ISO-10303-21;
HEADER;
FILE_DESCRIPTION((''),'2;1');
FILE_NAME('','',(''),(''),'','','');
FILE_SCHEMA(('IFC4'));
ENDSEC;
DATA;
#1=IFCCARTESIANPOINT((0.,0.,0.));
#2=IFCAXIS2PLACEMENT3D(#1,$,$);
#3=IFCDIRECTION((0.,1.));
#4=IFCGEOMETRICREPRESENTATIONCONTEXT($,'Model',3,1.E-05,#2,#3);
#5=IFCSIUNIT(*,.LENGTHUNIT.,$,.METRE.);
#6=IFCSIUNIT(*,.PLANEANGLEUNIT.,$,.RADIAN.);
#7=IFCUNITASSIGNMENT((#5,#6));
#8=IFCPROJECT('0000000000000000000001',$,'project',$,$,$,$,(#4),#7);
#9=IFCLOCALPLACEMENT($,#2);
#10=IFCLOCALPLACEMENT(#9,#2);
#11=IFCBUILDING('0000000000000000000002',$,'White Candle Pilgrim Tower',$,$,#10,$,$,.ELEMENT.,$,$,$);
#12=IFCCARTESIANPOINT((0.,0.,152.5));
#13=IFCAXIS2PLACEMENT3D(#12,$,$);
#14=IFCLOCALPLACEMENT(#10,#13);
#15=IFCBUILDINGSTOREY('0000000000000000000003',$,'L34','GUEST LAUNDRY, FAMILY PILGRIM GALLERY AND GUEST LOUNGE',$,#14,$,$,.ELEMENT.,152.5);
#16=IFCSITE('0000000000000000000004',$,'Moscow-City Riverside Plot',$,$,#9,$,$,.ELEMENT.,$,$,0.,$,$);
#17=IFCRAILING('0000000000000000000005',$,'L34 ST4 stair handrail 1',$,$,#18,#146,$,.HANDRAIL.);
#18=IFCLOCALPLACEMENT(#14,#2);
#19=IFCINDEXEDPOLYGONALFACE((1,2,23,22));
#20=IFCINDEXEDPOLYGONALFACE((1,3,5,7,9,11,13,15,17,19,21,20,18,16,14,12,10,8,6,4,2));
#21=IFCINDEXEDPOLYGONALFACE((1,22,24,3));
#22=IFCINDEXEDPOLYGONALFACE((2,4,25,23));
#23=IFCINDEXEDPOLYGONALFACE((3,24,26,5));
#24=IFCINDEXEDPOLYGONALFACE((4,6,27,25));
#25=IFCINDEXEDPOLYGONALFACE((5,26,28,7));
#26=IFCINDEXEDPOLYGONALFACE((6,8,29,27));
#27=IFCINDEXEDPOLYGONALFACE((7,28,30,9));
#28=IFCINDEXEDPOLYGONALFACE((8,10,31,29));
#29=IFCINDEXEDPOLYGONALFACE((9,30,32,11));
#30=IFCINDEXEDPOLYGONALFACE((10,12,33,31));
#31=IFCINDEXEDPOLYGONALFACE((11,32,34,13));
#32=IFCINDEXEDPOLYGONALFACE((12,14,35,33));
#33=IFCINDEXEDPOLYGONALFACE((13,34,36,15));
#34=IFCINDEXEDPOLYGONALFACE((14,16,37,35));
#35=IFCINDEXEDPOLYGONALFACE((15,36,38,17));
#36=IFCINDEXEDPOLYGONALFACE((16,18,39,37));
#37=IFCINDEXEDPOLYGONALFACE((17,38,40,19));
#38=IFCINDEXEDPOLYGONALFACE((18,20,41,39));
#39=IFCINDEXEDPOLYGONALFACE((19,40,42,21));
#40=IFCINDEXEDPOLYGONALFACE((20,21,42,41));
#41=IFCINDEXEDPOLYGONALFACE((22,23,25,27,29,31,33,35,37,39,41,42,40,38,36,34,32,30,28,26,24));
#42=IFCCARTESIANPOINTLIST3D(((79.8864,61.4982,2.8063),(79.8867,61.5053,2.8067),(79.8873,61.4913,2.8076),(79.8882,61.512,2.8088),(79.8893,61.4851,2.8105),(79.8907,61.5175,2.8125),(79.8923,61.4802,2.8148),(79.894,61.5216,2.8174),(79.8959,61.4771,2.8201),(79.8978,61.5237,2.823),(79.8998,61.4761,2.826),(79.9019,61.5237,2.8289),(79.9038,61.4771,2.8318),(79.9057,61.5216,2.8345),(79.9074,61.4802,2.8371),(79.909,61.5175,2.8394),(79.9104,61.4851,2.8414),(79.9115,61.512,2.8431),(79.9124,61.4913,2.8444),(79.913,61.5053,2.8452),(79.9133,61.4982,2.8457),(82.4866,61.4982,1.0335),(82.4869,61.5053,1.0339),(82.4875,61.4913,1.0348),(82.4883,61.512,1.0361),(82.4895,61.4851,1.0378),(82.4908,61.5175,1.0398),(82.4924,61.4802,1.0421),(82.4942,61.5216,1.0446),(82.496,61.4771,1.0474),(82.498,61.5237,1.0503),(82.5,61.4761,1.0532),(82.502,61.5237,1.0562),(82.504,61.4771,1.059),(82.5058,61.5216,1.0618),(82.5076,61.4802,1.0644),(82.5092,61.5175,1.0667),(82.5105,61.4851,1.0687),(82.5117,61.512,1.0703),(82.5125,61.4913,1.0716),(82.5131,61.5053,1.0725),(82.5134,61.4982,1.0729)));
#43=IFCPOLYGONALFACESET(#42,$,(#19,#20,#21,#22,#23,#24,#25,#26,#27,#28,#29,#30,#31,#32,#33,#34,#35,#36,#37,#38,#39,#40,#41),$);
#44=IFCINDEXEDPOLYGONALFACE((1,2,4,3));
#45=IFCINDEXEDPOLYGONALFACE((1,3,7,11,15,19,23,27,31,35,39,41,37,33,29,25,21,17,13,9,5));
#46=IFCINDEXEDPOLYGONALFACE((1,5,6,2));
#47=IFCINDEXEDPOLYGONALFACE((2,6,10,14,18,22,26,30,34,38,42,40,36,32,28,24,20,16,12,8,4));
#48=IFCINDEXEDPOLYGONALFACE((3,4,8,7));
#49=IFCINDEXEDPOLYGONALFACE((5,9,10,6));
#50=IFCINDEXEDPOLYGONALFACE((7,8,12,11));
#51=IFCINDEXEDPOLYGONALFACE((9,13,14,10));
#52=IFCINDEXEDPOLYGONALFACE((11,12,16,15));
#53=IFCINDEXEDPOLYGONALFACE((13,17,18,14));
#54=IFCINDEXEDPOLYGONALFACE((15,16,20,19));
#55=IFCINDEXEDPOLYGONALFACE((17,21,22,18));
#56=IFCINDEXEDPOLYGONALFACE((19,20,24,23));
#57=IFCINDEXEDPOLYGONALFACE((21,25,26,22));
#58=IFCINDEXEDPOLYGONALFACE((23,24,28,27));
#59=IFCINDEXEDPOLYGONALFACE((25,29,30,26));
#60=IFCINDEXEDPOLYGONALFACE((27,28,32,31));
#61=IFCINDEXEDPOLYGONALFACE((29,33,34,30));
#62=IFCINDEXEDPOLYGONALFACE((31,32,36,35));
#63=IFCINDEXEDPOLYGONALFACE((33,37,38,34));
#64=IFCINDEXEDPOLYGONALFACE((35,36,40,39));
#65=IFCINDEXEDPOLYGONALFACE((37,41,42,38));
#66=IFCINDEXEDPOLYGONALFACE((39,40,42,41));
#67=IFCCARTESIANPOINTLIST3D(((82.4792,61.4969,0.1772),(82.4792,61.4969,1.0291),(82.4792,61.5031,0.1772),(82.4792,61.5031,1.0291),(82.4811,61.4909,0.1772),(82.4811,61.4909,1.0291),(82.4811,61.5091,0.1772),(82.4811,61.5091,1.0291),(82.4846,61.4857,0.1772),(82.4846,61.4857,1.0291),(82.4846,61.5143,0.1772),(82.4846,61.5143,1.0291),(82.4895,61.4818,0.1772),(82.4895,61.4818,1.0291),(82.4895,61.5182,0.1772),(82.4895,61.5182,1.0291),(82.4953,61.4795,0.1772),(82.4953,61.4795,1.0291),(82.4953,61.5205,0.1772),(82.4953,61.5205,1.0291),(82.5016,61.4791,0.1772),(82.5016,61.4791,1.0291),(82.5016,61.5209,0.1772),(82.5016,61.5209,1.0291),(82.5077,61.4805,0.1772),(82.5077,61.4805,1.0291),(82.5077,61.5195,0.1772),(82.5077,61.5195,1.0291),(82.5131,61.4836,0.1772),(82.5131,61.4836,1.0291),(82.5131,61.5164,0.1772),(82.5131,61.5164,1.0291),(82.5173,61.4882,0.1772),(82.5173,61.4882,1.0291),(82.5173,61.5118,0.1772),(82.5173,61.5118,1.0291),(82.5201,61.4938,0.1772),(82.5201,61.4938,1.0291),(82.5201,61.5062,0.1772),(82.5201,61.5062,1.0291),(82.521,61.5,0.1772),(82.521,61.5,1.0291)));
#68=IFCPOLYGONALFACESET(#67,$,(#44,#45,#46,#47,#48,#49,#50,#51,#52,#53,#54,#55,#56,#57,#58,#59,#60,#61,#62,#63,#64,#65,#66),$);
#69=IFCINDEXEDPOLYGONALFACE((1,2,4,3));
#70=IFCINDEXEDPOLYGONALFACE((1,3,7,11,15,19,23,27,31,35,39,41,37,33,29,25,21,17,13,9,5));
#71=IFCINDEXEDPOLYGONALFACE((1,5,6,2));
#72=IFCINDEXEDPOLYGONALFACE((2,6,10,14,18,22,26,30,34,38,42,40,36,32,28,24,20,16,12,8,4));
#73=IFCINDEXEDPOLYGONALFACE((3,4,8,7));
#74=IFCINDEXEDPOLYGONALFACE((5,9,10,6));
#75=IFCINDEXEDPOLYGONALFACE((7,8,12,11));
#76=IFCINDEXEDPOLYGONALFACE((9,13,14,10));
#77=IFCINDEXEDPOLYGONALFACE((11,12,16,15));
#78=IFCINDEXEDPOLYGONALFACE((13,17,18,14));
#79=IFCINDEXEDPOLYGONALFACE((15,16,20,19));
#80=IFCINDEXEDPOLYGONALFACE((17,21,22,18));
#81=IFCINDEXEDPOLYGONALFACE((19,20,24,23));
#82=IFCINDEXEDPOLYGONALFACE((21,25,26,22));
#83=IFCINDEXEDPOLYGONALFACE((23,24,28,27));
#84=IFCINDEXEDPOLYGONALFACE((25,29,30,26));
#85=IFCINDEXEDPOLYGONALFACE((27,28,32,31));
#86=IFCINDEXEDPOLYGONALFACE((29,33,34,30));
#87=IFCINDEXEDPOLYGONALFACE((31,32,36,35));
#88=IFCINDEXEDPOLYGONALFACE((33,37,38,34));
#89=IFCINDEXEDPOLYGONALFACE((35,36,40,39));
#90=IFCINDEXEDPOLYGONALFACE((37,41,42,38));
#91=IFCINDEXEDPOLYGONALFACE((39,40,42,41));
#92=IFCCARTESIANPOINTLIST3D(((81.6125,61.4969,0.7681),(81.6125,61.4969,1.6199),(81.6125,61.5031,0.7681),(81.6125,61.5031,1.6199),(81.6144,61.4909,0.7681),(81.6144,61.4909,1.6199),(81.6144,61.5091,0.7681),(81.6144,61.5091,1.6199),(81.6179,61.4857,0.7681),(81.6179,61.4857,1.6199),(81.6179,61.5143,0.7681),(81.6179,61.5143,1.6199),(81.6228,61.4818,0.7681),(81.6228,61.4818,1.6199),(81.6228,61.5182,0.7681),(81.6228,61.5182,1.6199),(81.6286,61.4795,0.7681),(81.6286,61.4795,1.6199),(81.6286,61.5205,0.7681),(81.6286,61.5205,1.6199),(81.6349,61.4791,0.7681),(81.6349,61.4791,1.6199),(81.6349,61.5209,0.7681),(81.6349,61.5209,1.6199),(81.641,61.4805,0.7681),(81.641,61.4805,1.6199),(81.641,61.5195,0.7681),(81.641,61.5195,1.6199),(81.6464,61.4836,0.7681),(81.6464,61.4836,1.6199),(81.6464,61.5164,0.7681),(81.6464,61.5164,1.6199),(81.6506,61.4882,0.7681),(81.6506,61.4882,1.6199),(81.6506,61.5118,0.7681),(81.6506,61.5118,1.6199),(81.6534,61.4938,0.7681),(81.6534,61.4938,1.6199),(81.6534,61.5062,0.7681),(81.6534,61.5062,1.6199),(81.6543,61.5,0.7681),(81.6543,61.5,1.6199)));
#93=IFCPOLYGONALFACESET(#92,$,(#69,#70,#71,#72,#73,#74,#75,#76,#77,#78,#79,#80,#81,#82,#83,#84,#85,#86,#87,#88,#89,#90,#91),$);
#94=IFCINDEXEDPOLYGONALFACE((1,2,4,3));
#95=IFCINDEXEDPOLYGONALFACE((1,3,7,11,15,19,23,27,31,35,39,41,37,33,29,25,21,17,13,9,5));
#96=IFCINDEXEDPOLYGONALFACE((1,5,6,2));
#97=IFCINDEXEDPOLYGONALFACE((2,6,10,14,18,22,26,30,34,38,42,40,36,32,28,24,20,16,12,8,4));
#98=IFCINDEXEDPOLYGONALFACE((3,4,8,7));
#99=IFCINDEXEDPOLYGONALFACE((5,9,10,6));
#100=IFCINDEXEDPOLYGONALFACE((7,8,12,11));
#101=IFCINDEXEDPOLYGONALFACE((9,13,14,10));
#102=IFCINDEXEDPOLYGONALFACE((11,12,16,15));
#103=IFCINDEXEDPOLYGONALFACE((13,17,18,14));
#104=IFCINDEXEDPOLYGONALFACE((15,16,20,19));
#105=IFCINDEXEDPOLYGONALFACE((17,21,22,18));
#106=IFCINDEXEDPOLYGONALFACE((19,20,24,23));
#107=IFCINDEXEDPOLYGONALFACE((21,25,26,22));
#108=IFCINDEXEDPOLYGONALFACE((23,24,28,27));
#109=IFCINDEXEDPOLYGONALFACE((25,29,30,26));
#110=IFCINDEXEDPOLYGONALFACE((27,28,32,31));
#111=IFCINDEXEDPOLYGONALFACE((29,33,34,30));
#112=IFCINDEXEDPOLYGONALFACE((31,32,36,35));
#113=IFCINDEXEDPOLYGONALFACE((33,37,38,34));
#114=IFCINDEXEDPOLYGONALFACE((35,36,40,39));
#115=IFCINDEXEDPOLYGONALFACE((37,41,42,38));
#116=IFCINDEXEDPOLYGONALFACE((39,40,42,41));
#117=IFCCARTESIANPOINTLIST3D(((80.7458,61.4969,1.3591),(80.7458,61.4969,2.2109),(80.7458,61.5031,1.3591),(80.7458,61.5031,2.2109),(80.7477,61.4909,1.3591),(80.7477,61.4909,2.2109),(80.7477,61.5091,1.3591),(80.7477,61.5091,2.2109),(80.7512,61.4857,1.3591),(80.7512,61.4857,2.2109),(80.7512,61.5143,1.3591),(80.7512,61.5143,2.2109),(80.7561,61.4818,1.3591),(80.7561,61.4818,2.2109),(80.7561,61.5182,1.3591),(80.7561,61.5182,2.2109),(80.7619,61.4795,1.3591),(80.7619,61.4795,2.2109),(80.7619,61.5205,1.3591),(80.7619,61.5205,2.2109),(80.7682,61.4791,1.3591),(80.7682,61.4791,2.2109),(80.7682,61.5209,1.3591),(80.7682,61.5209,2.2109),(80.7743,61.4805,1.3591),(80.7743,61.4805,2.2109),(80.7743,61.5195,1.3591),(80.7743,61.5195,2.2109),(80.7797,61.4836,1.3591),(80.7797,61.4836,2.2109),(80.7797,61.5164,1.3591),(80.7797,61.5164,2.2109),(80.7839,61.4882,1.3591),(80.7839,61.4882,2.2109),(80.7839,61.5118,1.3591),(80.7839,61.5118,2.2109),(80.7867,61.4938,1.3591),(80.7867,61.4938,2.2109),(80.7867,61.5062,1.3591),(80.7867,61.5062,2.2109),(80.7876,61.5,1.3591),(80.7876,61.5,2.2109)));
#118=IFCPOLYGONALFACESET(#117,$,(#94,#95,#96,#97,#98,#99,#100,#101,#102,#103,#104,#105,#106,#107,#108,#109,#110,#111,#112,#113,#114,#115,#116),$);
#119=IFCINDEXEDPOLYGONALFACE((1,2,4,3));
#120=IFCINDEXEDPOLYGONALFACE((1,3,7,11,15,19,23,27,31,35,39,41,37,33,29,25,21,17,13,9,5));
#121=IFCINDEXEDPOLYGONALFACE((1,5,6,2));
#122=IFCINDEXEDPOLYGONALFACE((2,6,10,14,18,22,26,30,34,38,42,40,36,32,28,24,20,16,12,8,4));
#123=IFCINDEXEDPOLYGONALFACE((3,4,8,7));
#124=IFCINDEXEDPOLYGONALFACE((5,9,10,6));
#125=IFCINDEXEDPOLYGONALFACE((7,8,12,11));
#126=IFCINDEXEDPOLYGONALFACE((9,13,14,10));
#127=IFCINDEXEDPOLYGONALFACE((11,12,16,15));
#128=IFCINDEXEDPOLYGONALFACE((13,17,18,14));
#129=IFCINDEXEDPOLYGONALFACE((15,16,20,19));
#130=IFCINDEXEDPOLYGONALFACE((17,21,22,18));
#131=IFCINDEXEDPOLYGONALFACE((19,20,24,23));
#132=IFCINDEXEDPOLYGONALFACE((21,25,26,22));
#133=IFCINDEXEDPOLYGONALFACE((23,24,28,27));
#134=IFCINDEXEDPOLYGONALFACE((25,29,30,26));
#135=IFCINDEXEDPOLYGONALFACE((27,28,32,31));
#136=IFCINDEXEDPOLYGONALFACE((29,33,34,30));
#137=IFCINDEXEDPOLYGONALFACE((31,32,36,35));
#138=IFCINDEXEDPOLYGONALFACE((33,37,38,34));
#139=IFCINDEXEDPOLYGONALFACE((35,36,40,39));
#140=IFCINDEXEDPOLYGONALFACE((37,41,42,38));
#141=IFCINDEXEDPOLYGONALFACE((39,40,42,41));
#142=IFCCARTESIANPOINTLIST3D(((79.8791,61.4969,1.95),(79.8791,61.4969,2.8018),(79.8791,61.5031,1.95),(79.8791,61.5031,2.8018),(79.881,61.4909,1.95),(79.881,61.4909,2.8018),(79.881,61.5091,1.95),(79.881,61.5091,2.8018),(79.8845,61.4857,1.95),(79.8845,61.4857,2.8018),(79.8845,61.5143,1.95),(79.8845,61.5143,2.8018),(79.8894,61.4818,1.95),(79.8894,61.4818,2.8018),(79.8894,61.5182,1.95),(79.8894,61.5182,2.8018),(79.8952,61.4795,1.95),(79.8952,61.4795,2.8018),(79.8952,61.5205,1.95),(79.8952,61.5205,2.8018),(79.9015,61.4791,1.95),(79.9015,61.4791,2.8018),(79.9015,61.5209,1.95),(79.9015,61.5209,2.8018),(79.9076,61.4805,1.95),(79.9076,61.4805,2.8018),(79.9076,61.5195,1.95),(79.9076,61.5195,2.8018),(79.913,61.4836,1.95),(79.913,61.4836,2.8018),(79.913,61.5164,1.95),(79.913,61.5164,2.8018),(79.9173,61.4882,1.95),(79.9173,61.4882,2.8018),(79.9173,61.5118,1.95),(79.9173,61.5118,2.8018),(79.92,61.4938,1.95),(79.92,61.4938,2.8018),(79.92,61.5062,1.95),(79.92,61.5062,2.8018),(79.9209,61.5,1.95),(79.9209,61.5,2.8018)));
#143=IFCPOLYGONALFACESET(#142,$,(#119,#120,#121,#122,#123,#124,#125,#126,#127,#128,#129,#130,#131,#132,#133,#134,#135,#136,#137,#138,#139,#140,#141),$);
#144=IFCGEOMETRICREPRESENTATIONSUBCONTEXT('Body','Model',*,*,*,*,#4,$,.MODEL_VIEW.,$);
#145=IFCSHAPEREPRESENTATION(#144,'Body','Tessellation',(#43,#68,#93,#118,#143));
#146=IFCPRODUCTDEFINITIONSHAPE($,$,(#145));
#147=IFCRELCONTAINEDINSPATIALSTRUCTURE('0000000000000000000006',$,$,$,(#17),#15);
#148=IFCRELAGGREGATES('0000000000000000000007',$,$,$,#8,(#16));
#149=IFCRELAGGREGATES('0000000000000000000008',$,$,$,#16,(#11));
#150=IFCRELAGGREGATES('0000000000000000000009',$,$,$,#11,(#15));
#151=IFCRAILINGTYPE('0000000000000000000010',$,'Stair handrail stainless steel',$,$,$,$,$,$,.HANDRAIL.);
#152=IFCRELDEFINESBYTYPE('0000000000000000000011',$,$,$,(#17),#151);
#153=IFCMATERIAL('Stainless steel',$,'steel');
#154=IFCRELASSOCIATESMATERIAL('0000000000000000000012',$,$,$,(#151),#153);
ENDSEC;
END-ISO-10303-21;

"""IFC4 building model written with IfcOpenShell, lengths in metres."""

from ifc_helpers import new_model, si_unit, direction, frame, origin, origin_2d, place, context, subcontext, project, spatial, circle, extrude, material, type_object, element, save


model = new_model("IFC4")

# Units and contexts
model_context = context("Model", 3, precision=1e-05, world=origin(), true_north=direction((0.0, 1.0)))
body_context = subcontext(model_context, "Body", "Model", "MODEL_VIEW")
ifc_project = project(units=[si_unit("LENGTHUNIT", "METRE"), si_unit("PLANEANGLEUNIT", "RADIAN")], contexts=[model_context])

# Site, building, storey
site_placement = place(None, origin())
site = spatial("IfcSite", under=ifc_project, at=site_placement, Name="Moscow-City Riverside Plot", CompositionType="ELEMENT", RefElevation=0.0)
building_placement = place(site_placement, origin())
building = spatial("IfcBuilding", under=site, at=building_placement, Name="White Candle Pilgrim Tower", CompositionType="ELEMENT")
storey_placement = place(building_placement, frame((0.0, 0.0, 152.5)))
storey = spatial("IfcBuildingStorey", under=building, at=storey_placement, Name="L34", Description="GUEST LAUNDRY, FAMILY PILGRIM GALLERY AND GUEST LOUNGE", CompositionType="ELEMENT", Elevation=152.5)

# Railing
ifc_material_1 = material(Name="Stainless steel", Category="steel")
railing_type_1 = type_object("IfcRailingType", Name="Stair handrail stainless steel", PredefinedType="HANDRAIL", material=ifc_material_1)
railing_1_placement = place(storey_placement, frame((82.5, 61.5, 0.1772)))
element("IfcRailing", 1, at=railing_1_placement, inside=storey, type_object=railing_type_1, Name="L34 ST4 stair handrail 1", PredefinedType="HANDRAIL", context=body_context, shape_type="SweptSolid", body=[
    extrude(circle(Radius=0.0239, at=origin_2d()), frame((0.0, 0.0, 0.876), z_axis=(-0.82624, 0.0, 0.563318), x_axis=(0.0, -1.0, 0.0)), (0.0, 0.0, 1.0), 3.147),
    extrude(circle(Radius=0.021, at=origin_2d()), origin(), (0.0, 0.0, 1.0), 0.8518),
    extrude(circle(Radius=0.021, at=origin_2d()), frame((-0.8667, 0.0, 0.5908)), (0.0, 0.0, 1.0), 0.8518),
    extrude(circle(Radius=0.021, at=origin_2d()), frame((-1.7334, 0.0, 1.1819)), (0.0, 0.0, 1.0), 0.8518),
    extrude(circle(Radius=0.021, at=origin_2d()), frame((-2.6001, 0.0, 1.7727)), (0.0, 0.0, 1.0), 0.8518),
])

save(model, "model.ifc")
